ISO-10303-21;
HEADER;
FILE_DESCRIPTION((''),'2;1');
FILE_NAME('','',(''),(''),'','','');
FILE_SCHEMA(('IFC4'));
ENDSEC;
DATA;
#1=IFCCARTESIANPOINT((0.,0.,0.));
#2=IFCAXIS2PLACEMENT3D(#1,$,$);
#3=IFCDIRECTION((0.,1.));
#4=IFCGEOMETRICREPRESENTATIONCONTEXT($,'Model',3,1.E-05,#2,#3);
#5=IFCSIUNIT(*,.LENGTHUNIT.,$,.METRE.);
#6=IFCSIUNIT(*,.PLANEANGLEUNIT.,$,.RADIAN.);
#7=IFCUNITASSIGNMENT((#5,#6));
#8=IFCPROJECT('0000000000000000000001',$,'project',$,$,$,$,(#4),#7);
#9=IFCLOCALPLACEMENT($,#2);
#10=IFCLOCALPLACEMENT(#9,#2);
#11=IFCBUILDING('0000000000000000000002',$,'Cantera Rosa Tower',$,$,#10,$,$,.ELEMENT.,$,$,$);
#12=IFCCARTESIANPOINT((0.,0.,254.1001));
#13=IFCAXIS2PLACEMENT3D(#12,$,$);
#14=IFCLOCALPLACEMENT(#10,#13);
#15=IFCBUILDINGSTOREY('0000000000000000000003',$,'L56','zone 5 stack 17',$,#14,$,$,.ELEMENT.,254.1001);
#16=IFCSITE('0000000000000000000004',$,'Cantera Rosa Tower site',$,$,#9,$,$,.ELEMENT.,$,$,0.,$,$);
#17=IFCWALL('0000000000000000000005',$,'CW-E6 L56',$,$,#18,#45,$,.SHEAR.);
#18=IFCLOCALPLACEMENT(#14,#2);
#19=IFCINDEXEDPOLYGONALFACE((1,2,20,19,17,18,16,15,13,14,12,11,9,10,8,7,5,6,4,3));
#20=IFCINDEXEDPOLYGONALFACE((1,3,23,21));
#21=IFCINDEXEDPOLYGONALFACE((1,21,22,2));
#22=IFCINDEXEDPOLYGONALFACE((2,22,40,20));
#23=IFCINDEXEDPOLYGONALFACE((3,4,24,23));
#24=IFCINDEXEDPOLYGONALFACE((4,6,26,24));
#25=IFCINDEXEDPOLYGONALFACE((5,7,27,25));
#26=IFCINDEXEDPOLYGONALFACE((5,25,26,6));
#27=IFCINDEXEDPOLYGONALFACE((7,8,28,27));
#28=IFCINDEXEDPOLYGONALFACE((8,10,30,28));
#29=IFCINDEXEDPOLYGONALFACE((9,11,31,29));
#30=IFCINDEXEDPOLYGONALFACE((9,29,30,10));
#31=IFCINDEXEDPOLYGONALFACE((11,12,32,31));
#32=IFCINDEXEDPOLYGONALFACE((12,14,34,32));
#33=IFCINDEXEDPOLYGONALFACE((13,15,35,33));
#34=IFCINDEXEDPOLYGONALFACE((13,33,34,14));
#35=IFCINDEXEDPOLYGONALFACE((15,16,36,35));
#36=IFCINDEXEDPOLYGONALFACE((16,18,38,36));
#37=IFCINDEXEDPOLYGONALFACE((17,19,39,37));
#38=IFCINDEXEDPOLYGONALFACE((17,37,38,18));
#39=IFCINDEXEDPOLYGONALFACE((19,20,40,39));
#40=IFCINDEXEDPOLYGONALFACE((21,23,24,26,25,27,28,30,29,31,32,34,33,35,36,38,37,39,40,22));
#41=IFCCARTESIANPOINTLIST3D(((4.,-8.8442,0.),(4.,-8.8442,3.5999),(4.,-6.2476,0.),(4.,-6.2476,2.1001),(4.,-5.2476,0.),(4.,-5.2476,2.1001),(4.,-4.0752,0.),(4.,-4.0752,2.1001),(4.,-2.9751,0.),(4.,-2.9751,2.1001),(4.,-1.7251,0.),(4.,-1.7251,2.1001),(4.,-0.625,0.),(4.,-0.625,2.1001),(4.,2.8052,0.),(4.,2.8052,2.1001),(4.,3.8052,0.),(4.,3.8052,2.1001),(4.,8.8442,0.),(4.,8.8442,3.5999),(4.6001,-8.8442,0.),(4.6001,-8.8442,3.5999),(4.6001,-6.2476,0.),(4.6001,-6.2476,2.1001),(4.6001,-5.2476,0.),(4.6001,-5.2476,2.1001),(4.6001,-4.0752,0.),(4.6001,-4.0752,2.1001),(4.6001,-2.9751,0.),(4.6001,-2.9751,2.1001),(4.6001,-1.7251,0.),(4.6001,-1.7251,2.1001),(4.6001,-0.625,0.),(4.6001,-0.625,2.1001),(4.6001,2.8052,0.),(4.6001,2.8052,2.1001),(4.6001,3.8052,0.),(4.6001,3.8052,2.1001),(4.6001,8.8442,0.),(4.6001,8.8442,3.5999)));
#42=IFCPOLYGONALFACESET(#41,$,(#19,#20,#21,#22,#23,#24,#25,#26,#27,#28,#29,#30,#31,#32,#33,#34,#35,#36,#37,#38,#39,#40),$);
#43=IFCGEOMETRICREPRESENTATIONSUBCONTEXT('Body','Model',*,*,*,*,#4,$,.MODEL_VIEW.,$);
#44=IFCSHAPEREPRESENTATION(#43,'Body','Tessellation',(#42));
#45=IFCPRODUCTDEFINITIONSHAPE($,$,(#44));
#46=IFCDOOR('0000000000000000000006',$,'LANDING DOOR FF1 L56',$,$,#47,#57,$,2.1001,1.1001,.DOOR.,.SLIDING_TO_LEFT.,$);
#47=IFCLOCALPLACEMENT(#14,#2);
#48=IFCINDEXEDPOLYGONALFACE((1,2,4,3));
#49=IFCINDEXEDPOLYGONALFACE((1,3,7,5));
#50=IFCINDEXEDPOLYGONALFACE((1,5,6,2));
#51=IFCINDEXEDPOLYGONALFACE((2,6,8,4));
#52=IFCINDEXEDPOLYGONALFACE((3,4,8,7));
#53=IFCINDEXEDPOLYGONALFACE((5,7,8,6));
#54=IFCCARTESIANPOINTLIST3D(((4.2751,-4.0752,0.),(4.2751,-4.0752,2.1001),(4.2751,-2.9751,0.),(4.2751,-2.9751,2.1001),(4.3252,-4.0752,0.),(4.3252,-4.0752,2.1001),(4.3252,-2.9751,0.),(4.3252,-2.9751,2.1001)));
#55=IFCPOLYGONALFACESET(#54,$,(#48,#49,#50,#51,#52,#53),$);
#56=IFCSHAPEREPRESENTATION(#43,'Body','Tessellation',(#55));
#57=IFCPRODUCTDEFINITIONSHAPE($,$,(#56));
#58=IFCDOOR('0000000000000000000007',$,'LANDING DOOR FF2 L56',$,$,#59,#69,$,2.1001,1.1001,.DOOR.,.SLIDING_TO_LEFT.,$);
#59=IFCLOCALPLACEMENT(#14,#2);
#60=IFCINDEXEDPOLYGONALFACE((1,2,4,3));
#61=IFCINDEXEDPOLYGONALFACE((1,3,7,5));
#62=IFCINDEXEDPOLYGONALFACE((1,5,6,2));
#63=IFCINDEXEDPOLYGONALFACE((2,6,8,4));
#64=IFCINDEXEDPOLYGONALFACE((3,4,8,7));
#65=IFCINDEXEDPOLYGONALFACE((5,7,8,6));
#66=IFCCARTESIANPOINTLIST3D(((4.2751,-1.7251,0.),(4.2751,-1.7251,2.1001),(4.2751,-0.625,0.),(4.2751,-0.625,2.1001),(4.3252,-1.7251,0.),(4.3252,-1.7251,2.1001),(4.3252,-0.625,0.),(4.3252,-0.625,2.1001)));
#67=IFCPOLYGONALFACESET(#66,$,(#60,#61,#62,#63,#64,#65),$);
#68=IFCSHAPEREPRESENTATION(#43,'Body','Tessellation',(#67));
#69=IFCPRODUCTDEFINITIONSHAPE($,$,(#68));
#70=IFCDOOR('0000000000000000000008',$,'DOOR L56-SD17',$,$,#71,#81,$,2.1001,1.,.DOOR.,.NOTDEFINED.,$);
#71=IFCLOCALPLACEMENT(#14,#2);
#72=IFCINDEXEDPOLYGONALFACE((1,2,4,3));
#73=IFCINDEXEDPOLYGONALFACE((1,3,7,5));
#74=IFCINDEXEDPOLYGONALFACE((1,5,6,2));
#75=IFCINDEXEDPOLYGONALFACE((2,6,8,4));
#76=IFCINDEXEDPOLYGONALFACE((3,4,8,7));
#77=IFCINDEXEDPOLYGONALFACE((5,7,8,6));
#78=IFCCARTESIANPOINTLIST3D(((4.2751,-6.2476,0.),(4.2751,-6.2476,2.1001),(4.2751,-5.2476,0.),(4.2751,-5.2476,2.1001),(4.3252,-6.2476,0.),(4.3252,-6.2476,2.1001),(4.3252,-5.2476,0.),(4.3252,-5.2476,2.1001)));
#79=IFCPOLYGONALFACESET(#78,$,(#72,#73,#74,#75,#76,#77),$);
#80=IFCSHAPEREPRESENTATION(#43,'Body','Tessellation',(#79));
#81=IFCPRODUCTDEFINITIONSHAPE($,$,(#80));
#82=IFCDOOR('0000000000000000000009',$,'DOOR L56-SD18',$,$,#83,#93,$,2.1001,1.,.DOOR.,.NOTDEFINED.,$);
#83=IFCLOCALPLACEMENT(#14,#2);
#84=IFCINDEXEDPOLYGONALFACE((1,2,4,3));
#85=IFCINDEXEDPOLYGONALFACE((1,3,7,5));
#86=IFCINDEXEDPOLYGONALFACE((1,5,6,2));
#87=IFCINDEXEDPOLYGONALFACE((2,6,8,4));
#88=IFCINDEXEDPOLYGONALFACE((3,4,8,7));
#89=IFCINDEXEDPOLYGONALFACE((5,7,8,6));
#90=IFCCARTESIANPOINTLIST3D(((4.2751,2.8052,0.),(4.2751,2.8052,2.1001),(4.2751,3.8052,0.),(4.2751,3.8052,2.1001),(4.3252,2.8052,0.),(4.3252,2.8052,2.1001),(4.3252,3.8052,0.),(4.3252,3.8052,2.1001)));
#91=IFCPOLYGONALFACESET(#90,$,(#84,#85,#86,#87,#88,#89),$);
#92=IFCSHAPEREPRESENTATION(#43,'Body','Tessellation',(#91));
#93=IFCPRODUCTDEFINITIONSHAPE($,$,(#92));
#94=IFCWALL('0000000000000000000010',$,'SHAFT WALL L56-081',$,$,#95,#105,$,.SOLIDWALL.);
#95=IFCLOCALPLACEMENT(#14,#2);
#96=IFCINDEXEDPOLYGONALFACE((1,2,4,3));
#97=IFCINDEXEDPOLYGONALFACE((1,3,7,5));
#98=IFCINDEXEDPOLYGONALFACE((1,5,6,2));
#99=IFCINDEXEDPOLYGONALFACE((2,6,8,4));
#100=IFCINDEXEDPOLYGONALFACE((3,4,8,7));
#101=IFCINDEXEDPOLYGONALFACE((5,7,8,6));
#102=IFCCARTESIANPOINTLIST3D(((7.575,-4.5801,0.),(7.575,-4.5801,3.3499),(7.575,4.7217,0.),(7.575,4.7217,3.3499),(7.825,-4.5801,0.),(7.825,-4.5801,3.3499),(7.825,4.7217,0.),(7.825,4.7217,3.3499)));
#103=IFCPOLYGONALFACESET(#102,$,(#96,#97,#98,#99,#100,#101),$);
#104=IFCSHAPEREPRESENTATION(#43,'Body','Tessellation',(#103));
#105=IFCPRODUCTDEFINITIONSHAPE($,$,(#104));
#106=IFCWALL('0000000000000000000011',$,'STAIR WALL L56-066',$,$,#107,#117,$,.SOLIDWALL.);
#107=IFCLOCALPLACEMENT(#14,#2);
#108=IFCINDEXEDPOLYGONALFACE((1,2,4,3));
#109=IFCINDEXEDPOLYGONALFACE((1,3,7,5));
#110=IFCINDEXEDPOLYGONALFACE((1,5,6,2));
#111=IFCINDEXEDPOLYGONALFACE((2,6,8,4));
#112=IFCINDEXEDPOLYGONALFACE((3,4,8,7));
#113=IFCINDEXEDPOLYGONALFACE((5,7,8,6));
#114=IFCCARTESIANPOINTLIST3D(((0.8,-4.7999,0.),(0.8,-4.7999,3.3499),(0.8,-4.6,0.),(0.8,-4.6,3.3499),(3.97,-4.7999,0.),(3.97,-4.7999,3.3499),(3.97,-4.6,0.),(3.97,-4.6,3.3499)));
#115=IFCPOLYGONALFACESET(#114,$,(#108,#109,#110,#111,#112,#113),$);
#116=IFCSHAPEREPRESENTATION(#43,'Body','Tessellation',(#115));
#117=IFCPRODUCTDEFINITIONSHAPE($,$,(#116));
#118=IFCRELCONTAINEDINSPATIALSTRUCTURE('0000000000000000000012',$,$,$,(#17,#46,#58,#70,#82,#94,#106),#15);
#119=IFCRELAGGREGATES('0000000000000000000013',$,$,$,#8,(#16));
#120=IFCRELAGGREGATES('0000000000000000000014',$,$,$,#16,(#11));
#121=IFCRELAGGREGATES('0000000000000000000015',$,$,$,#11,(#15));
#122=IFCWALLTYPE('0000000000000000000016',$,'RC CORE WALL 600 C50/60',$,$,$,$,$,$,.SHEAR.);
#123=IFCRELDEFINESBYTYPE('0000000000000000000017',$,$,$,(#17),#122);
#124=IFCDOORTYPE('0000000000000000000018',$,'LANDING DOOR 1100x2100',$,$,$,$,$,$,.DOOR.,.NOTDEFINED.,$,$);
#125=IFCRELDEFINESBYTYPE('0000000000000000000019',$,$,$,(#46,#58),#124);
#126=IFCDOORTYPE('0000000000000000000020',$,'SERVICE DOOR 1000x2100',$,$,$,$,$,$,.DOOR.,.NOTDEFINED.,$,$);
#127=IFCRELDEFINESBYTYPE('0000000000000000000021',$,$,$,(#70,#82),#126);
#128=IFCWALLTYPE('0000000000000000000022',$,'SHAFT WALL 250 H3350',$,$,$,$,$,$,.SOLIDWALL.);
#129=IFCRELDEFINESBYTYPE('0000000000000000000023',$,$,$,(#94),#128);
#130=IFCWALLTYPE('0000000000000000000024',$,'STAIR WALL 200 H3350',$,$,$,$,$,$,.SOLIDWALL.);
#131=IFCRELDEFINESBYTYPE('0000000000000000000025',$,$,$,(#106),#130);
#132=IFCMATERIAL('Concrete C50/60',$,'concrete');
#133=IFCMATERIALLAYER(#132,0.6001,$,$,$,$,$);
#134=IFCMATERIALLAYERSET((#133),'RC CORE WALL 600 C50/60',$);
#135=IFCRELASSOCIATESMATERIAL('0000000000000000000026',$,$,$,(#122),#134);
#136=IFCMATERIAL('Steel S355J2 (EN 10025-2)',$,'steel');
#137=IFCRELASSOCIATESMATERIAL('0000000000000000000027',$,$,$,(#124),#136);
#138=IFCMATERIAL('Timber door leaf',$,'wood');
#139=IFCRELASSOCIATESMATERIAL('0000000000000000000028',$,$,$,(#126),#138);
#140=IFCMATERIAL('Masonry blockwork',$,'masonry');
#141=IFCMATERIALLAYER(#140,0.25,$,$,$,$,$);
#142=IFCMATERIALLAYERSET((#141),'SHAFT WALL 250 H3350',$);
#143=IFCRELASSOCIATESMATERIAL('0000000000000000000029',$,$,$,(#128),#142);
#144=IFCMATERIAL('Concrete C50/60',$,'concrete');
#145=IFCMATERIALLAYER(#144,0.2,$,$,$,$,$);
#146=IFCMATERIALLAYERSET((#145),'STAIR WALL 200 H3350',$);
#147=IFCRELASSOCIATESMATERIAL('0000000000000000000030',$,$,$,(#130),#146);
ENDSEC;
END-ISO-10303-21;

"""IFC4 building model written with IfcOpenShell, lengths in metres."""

from ifc_helpers import new_model, si_unit, direction, frame, frame_2d, origin, place, context, subcontext, project, spatial, rectangle, extrude, material, layer, layer_set, type_object, element, fill, save


model = new_model("IFC4")

# Units and contexts
model_context = context("Model", 3, precision=1e-05, world=origin(), true_north=direction((0.0, 1.0)))
body_context = subcontext(model_context, "Body", "Model", "MODEL_VIEW")
ifc_project = project(units=[si_unit("LENGTHUNIT", "METRE"), si_unit("PLANEANGLEUNIT", "RADIAN")], contexts=[model_context])

# Site, building, storey
site_placement = place(None, origin())
site = spatial("IfcSite", under=ifc_project, at=site_placement, Name="Cantera Rosa Tower site", CompositionType="ELEMENT", RefElevation=0.0)
building_placement = place(site_placement, origin())
building = spatial("IfcBuilding", under=site, at=building_placement, Name="Cantera Rosa Tower", CompositionType="ELEMENT")
storey_placement = place(building_placement, frame((0.0, 0.0, 254.1001)))
storey = spatial("IfcBuildingStorey", under=building, at=storey_placement, Name="L56", Description="zone 5 stack 17", CompositionType="ELEMENT", Elevation=254.1001)

# Shared definitions
ifc_material_1 = material(Name="Concrete C50/60", Category="concrete")
ifc_layer_1 = layer(ifc_material_1, 0.6001)
ifc_layer_set_1 = layer_set([ifc_layer_1], Name="RC CORE WALL 600 C50/60")
wall_type_1 = type_object("IfcWallType", Name="RC CORE WALL 600 C50/60", PredefinedType="SHEAR", material=ifc_layer_set_1)

# Wall, openings, doors
wall_1_placement = place(storey_placement, frame((4.3, -8.8442, 0.0), z_axis=(0.0, 0.0, 1.0), x_axis=(0.0, 1.0, 0.0)))
wall_1 = element("IfcWall", 1, at=wall_1_placement, inside=storey, type_object=wall_type_1, Name="CW-E6 L56", PredefinedType="SHEAR", context=body_context, shape_type="SweptSolid", body=[
    extrude(rectangle(XDim=17.6885, YDim=0.6001, at=frame_2d((8.8442, 0.0))), origin(), (0.0, 0.0, 1.0), 3.5999),
])
opening_1_placement = place(wall_1_placement, frame((4.769, 0.0, 0.0)))
opening_1 = element("IfcOpeningElement", 2, at=opening_1_placement, cuts=wall_1, PredefinedType="OPENING", context=body_context, shape_type="SweptSolid", body=[
    extrude(rectangle(XDim=1.1001, YDim=2.1001, at=frame_2d((0.55, 1.05))), frame((0.0, 0.3101, 0.0), z_axis=(0.0, -1.0, 0.0), x_axis=(1.0, 0.0, 0.0)), (0.0, 0.0, 1.0), 0.6201),
])
opening_2_placement = place(wall_1_placement, frame((7.1191, 0.0, 0.0)))
opening_2 = element("IfcOpeningElement", 3, at=opening_2_placement, cuts=wall_1, PredefinedType="OPENING", context=body_context, shape_type="SweptSolid", body=[
    extrude(rectangle(XDim=1.1001, YDim=2.1001, at=frame_2d((0.55, 1.05))), frame((0.0, 0.3101, 0.0), z_axis=(0.0, -1.0, 0.0), x_axis=(1.0, 0.0, 0.0)), (0.0, 0.0, 1.0), 0.6201),
])
opening_3_placement = place(wall_1_placement, frame((2.5967, 0.0, 0.0)))
opening_3 = element("IfcOpeningElement", 4, at=opening_3_placement, cuts=wall_1, PredefinedType="OPENING", context=body_context, shape_type="SweptSolid", body=[
    extrude(rectangle(XDim=1.0, YDim=2.1001, at=frame_2d((0.5, 1.05))), frame((0.0, 0.3101, 0.0), z_axis=(0.0, -1.0, 0.0), x_axis=(1.0, 0.0, 0.0)), (0.0, 0.0, 1.0), 0.6201),
])
opening_4_placement = place(wall_1_placement, frame((11.6494, 0.0, 0.0)))
opening_4 = element("IfcOpeningElement", 5, at=opening_4_placement, cuts=wall_1, PredefinedType="OPENING", context=body_context, shape_type="SweptSolid", body=[
    extrude(rectangle(XDim=1.0, YDim=2.1001, at=frame_2d((0.5, 1.05))), frame((0.0, 0.3101, 0.0), z_axis=(0.0, -1.0, 0.0), x_axis=(1.0, 0.0, 0.0)), (0.0, 0.0, 1.0), 0.6201),
])
ifc_material_2 = material(Name="Steel S355J2 (EN 10025-2)", Category="steel")
door_type_1 = type_object("IfcDoorType", Name="LANDING DOOR 1100x2100", OperationType="NOTDEFINED", PredefinedType="DOOR", material=ifc_material_2)
door_1_placement = place(opening_1_placement, origin())
door_1 = element("IfcDoor", 6, at=door_1_placement, inside=storey, type_object=door_type_1, Name="LANDING DOOR FF1 L56", OperationType="SLIDING_TO_LEFT", OverallHeight=2.1001, OverallWidth=1.1001, PredefinedType="DOOR", context=body_context, shape_type="SweptSolid", body=[
    extrude(rectangle(XDim=1.1001, YDim=2.1001, at=frame_2d((0.55, 1.05))), frame((0.0, 0.0249, 0.0), z_axis=(0.0, -1.0, 0.0), x_axis=(1.0, 0.0, 0.0)), (0.0, 0.0, 1.0), 0.05),
])
fill(opening_1, door_1)
door_2_placement = place(opening_2_placement, origin())
door_2 = element("IfcDoor", 7, at=door_2_placement, inside=storey, type_object=door_type_1, Name="LANDING DOOR FF2 L56", OperationType="SLIDING_TO_LEFT", OverallHeight=2.1001, OverallWidth=1.1001, PredefinedType="DOOR", context=body_context, shape_type="SweptSolid", body=[
    extrude(rectangle(XDim=1.1001, YDim=2.1001, at=frame_2d((0.55, 1.05))), frame((0.0, 0.0249, 0.0), z_axis=(0.0, -1.0, 0.0), x_axis=(1.0, 0.0, 0.0)), (0.0, 0.0, 1.0), 0.05),
])
fill(opening_2, door_2)
ifc_material_3 = material(Name="Timber door leaf", Category="wood")
door_type_2 = type_object("IfcDoorType", Name="SERVICE DOOR 1000x2100", OperationType="NOTDEFINED", PredefinedType="DOOR", material=ifc_material_3)
door_3_placement = place(opening_3_placement, origin())
door_3 = element("IfcDoor", 8, at=door_3_placement, inside=storey, type_object=door_type_2, Name="DOOR L56-SD17", OperationType="NOTDEFINED", OverallHeight=2.1001, OverallWidth=1.0, PredefinedType="DOOR", context=body_context, shape_type="SweptSolid", body=[
    extrude(rectangle(XDim=1.0, YDim=2.1001, at=frame_2d((0.5, 1.05))), frame((0.0, 0.0249, 0.0), z_axis=(0.0, -1.0, 0.0), x_axis=(1.0, 0.0, 0.0)), (0.0, 0.0, 1.0), 0.05),
])
fill(opening_3, door_3)
door_4_placement = place(opening_4_placement, origin())
door_4 = element("IfcDoor", 9, at=door_4_placement, inside=storey, type_object=door_type_2, Name="DOOR L56-SD18", OperationType="NOTDEFINED", OverallHeight=2.1001, OverallWidth=1.0, PredefinedType="DOOR", context=body_context, shape_type="SweptSolid", body=[
    extrude(rectangle(XDim=1.0, YDim=2.1001, at=frame_2d((0.5, 1.05))), frame((0.0, 0.0249, 0.0), z_axis=(0.0, -1.0, 0.0), x_axis=(1.0, 0.0, 0.0)), (0.0, 0.0, 1.0), 0.05),
])
fill(opening_4, door_4)

# Walls
ifc_material_4 = material(Name="Masonry blockwork", Category="masonry")
ifc_layer_2 = layer(ifc_material_4, 0.25)
ifc_layer_set_2 = layer_set([ifc_layer_2], Name="SHAFT WALL 250 H3350")
wall_type_2 = type_object("IfcWallType", Name="SHAFT WALL 250 H3350", PredefinedType="SOLIDWALL", material=ifc_layer_set_2)
wall_2_placement = place(storey_placement, frame((7.7, -4.5801, 0.0), z_axis=(0.0, 0.0, 1.0), x_axis=(0.0, 1.0, 0.0)))
element("IfcWall", 10, at=wall_2_placement, inside=storey, type_object=wall_type_2, Name="SHAFT WALL L56-081", PredefinedType="SOLIDWALL", context=body_context, shape_type="SweptSolid", body=[
    extrude(rectangle(XDim=9.3018, YDim=0.25, at=frame_2d((4.6509, 0.0))), origin(), (0.0, 0.0, 1.0), 3.3499),
])
ifc_material_5 = material(Name="Concrete C50/60", Category="concrete")
ifc_layer_3 = layer(ifc_material_5, 0.2)
ifc_layer_set_3 = layer_set([ifc_layer_3], Name="STAIR WALL 200 H3350")
wall_type_3 = type_object("IfcWallType", Name="STAIR WALL 200 H3350", PredefinedType="SOLIDWALL", material=ifc_layer_set_3)
wall_3_placement = place(storey_placement, frame((3.97, -4.7, 0.0), z_axis=(0.0, 0.0, 1.0), x_axis=(-1.0, 0.0, 0.0)))
element("IfcWall", 11, at=wall_3_placement, inside=storey, type_object=wall_type_3, Name="STAIR WALL L56-066", PredefinedType="SOLIDWALL", context=body_context, shape_type="SweptSolid", body=[
    extrude(rectangle(XDim=3.1699, YDim=0.2, at=frame_2d((1.585, 0.0))), origin(), (0.0, 0.0, 1.0), 3.3499),
])

save(model, "model.ifc")
